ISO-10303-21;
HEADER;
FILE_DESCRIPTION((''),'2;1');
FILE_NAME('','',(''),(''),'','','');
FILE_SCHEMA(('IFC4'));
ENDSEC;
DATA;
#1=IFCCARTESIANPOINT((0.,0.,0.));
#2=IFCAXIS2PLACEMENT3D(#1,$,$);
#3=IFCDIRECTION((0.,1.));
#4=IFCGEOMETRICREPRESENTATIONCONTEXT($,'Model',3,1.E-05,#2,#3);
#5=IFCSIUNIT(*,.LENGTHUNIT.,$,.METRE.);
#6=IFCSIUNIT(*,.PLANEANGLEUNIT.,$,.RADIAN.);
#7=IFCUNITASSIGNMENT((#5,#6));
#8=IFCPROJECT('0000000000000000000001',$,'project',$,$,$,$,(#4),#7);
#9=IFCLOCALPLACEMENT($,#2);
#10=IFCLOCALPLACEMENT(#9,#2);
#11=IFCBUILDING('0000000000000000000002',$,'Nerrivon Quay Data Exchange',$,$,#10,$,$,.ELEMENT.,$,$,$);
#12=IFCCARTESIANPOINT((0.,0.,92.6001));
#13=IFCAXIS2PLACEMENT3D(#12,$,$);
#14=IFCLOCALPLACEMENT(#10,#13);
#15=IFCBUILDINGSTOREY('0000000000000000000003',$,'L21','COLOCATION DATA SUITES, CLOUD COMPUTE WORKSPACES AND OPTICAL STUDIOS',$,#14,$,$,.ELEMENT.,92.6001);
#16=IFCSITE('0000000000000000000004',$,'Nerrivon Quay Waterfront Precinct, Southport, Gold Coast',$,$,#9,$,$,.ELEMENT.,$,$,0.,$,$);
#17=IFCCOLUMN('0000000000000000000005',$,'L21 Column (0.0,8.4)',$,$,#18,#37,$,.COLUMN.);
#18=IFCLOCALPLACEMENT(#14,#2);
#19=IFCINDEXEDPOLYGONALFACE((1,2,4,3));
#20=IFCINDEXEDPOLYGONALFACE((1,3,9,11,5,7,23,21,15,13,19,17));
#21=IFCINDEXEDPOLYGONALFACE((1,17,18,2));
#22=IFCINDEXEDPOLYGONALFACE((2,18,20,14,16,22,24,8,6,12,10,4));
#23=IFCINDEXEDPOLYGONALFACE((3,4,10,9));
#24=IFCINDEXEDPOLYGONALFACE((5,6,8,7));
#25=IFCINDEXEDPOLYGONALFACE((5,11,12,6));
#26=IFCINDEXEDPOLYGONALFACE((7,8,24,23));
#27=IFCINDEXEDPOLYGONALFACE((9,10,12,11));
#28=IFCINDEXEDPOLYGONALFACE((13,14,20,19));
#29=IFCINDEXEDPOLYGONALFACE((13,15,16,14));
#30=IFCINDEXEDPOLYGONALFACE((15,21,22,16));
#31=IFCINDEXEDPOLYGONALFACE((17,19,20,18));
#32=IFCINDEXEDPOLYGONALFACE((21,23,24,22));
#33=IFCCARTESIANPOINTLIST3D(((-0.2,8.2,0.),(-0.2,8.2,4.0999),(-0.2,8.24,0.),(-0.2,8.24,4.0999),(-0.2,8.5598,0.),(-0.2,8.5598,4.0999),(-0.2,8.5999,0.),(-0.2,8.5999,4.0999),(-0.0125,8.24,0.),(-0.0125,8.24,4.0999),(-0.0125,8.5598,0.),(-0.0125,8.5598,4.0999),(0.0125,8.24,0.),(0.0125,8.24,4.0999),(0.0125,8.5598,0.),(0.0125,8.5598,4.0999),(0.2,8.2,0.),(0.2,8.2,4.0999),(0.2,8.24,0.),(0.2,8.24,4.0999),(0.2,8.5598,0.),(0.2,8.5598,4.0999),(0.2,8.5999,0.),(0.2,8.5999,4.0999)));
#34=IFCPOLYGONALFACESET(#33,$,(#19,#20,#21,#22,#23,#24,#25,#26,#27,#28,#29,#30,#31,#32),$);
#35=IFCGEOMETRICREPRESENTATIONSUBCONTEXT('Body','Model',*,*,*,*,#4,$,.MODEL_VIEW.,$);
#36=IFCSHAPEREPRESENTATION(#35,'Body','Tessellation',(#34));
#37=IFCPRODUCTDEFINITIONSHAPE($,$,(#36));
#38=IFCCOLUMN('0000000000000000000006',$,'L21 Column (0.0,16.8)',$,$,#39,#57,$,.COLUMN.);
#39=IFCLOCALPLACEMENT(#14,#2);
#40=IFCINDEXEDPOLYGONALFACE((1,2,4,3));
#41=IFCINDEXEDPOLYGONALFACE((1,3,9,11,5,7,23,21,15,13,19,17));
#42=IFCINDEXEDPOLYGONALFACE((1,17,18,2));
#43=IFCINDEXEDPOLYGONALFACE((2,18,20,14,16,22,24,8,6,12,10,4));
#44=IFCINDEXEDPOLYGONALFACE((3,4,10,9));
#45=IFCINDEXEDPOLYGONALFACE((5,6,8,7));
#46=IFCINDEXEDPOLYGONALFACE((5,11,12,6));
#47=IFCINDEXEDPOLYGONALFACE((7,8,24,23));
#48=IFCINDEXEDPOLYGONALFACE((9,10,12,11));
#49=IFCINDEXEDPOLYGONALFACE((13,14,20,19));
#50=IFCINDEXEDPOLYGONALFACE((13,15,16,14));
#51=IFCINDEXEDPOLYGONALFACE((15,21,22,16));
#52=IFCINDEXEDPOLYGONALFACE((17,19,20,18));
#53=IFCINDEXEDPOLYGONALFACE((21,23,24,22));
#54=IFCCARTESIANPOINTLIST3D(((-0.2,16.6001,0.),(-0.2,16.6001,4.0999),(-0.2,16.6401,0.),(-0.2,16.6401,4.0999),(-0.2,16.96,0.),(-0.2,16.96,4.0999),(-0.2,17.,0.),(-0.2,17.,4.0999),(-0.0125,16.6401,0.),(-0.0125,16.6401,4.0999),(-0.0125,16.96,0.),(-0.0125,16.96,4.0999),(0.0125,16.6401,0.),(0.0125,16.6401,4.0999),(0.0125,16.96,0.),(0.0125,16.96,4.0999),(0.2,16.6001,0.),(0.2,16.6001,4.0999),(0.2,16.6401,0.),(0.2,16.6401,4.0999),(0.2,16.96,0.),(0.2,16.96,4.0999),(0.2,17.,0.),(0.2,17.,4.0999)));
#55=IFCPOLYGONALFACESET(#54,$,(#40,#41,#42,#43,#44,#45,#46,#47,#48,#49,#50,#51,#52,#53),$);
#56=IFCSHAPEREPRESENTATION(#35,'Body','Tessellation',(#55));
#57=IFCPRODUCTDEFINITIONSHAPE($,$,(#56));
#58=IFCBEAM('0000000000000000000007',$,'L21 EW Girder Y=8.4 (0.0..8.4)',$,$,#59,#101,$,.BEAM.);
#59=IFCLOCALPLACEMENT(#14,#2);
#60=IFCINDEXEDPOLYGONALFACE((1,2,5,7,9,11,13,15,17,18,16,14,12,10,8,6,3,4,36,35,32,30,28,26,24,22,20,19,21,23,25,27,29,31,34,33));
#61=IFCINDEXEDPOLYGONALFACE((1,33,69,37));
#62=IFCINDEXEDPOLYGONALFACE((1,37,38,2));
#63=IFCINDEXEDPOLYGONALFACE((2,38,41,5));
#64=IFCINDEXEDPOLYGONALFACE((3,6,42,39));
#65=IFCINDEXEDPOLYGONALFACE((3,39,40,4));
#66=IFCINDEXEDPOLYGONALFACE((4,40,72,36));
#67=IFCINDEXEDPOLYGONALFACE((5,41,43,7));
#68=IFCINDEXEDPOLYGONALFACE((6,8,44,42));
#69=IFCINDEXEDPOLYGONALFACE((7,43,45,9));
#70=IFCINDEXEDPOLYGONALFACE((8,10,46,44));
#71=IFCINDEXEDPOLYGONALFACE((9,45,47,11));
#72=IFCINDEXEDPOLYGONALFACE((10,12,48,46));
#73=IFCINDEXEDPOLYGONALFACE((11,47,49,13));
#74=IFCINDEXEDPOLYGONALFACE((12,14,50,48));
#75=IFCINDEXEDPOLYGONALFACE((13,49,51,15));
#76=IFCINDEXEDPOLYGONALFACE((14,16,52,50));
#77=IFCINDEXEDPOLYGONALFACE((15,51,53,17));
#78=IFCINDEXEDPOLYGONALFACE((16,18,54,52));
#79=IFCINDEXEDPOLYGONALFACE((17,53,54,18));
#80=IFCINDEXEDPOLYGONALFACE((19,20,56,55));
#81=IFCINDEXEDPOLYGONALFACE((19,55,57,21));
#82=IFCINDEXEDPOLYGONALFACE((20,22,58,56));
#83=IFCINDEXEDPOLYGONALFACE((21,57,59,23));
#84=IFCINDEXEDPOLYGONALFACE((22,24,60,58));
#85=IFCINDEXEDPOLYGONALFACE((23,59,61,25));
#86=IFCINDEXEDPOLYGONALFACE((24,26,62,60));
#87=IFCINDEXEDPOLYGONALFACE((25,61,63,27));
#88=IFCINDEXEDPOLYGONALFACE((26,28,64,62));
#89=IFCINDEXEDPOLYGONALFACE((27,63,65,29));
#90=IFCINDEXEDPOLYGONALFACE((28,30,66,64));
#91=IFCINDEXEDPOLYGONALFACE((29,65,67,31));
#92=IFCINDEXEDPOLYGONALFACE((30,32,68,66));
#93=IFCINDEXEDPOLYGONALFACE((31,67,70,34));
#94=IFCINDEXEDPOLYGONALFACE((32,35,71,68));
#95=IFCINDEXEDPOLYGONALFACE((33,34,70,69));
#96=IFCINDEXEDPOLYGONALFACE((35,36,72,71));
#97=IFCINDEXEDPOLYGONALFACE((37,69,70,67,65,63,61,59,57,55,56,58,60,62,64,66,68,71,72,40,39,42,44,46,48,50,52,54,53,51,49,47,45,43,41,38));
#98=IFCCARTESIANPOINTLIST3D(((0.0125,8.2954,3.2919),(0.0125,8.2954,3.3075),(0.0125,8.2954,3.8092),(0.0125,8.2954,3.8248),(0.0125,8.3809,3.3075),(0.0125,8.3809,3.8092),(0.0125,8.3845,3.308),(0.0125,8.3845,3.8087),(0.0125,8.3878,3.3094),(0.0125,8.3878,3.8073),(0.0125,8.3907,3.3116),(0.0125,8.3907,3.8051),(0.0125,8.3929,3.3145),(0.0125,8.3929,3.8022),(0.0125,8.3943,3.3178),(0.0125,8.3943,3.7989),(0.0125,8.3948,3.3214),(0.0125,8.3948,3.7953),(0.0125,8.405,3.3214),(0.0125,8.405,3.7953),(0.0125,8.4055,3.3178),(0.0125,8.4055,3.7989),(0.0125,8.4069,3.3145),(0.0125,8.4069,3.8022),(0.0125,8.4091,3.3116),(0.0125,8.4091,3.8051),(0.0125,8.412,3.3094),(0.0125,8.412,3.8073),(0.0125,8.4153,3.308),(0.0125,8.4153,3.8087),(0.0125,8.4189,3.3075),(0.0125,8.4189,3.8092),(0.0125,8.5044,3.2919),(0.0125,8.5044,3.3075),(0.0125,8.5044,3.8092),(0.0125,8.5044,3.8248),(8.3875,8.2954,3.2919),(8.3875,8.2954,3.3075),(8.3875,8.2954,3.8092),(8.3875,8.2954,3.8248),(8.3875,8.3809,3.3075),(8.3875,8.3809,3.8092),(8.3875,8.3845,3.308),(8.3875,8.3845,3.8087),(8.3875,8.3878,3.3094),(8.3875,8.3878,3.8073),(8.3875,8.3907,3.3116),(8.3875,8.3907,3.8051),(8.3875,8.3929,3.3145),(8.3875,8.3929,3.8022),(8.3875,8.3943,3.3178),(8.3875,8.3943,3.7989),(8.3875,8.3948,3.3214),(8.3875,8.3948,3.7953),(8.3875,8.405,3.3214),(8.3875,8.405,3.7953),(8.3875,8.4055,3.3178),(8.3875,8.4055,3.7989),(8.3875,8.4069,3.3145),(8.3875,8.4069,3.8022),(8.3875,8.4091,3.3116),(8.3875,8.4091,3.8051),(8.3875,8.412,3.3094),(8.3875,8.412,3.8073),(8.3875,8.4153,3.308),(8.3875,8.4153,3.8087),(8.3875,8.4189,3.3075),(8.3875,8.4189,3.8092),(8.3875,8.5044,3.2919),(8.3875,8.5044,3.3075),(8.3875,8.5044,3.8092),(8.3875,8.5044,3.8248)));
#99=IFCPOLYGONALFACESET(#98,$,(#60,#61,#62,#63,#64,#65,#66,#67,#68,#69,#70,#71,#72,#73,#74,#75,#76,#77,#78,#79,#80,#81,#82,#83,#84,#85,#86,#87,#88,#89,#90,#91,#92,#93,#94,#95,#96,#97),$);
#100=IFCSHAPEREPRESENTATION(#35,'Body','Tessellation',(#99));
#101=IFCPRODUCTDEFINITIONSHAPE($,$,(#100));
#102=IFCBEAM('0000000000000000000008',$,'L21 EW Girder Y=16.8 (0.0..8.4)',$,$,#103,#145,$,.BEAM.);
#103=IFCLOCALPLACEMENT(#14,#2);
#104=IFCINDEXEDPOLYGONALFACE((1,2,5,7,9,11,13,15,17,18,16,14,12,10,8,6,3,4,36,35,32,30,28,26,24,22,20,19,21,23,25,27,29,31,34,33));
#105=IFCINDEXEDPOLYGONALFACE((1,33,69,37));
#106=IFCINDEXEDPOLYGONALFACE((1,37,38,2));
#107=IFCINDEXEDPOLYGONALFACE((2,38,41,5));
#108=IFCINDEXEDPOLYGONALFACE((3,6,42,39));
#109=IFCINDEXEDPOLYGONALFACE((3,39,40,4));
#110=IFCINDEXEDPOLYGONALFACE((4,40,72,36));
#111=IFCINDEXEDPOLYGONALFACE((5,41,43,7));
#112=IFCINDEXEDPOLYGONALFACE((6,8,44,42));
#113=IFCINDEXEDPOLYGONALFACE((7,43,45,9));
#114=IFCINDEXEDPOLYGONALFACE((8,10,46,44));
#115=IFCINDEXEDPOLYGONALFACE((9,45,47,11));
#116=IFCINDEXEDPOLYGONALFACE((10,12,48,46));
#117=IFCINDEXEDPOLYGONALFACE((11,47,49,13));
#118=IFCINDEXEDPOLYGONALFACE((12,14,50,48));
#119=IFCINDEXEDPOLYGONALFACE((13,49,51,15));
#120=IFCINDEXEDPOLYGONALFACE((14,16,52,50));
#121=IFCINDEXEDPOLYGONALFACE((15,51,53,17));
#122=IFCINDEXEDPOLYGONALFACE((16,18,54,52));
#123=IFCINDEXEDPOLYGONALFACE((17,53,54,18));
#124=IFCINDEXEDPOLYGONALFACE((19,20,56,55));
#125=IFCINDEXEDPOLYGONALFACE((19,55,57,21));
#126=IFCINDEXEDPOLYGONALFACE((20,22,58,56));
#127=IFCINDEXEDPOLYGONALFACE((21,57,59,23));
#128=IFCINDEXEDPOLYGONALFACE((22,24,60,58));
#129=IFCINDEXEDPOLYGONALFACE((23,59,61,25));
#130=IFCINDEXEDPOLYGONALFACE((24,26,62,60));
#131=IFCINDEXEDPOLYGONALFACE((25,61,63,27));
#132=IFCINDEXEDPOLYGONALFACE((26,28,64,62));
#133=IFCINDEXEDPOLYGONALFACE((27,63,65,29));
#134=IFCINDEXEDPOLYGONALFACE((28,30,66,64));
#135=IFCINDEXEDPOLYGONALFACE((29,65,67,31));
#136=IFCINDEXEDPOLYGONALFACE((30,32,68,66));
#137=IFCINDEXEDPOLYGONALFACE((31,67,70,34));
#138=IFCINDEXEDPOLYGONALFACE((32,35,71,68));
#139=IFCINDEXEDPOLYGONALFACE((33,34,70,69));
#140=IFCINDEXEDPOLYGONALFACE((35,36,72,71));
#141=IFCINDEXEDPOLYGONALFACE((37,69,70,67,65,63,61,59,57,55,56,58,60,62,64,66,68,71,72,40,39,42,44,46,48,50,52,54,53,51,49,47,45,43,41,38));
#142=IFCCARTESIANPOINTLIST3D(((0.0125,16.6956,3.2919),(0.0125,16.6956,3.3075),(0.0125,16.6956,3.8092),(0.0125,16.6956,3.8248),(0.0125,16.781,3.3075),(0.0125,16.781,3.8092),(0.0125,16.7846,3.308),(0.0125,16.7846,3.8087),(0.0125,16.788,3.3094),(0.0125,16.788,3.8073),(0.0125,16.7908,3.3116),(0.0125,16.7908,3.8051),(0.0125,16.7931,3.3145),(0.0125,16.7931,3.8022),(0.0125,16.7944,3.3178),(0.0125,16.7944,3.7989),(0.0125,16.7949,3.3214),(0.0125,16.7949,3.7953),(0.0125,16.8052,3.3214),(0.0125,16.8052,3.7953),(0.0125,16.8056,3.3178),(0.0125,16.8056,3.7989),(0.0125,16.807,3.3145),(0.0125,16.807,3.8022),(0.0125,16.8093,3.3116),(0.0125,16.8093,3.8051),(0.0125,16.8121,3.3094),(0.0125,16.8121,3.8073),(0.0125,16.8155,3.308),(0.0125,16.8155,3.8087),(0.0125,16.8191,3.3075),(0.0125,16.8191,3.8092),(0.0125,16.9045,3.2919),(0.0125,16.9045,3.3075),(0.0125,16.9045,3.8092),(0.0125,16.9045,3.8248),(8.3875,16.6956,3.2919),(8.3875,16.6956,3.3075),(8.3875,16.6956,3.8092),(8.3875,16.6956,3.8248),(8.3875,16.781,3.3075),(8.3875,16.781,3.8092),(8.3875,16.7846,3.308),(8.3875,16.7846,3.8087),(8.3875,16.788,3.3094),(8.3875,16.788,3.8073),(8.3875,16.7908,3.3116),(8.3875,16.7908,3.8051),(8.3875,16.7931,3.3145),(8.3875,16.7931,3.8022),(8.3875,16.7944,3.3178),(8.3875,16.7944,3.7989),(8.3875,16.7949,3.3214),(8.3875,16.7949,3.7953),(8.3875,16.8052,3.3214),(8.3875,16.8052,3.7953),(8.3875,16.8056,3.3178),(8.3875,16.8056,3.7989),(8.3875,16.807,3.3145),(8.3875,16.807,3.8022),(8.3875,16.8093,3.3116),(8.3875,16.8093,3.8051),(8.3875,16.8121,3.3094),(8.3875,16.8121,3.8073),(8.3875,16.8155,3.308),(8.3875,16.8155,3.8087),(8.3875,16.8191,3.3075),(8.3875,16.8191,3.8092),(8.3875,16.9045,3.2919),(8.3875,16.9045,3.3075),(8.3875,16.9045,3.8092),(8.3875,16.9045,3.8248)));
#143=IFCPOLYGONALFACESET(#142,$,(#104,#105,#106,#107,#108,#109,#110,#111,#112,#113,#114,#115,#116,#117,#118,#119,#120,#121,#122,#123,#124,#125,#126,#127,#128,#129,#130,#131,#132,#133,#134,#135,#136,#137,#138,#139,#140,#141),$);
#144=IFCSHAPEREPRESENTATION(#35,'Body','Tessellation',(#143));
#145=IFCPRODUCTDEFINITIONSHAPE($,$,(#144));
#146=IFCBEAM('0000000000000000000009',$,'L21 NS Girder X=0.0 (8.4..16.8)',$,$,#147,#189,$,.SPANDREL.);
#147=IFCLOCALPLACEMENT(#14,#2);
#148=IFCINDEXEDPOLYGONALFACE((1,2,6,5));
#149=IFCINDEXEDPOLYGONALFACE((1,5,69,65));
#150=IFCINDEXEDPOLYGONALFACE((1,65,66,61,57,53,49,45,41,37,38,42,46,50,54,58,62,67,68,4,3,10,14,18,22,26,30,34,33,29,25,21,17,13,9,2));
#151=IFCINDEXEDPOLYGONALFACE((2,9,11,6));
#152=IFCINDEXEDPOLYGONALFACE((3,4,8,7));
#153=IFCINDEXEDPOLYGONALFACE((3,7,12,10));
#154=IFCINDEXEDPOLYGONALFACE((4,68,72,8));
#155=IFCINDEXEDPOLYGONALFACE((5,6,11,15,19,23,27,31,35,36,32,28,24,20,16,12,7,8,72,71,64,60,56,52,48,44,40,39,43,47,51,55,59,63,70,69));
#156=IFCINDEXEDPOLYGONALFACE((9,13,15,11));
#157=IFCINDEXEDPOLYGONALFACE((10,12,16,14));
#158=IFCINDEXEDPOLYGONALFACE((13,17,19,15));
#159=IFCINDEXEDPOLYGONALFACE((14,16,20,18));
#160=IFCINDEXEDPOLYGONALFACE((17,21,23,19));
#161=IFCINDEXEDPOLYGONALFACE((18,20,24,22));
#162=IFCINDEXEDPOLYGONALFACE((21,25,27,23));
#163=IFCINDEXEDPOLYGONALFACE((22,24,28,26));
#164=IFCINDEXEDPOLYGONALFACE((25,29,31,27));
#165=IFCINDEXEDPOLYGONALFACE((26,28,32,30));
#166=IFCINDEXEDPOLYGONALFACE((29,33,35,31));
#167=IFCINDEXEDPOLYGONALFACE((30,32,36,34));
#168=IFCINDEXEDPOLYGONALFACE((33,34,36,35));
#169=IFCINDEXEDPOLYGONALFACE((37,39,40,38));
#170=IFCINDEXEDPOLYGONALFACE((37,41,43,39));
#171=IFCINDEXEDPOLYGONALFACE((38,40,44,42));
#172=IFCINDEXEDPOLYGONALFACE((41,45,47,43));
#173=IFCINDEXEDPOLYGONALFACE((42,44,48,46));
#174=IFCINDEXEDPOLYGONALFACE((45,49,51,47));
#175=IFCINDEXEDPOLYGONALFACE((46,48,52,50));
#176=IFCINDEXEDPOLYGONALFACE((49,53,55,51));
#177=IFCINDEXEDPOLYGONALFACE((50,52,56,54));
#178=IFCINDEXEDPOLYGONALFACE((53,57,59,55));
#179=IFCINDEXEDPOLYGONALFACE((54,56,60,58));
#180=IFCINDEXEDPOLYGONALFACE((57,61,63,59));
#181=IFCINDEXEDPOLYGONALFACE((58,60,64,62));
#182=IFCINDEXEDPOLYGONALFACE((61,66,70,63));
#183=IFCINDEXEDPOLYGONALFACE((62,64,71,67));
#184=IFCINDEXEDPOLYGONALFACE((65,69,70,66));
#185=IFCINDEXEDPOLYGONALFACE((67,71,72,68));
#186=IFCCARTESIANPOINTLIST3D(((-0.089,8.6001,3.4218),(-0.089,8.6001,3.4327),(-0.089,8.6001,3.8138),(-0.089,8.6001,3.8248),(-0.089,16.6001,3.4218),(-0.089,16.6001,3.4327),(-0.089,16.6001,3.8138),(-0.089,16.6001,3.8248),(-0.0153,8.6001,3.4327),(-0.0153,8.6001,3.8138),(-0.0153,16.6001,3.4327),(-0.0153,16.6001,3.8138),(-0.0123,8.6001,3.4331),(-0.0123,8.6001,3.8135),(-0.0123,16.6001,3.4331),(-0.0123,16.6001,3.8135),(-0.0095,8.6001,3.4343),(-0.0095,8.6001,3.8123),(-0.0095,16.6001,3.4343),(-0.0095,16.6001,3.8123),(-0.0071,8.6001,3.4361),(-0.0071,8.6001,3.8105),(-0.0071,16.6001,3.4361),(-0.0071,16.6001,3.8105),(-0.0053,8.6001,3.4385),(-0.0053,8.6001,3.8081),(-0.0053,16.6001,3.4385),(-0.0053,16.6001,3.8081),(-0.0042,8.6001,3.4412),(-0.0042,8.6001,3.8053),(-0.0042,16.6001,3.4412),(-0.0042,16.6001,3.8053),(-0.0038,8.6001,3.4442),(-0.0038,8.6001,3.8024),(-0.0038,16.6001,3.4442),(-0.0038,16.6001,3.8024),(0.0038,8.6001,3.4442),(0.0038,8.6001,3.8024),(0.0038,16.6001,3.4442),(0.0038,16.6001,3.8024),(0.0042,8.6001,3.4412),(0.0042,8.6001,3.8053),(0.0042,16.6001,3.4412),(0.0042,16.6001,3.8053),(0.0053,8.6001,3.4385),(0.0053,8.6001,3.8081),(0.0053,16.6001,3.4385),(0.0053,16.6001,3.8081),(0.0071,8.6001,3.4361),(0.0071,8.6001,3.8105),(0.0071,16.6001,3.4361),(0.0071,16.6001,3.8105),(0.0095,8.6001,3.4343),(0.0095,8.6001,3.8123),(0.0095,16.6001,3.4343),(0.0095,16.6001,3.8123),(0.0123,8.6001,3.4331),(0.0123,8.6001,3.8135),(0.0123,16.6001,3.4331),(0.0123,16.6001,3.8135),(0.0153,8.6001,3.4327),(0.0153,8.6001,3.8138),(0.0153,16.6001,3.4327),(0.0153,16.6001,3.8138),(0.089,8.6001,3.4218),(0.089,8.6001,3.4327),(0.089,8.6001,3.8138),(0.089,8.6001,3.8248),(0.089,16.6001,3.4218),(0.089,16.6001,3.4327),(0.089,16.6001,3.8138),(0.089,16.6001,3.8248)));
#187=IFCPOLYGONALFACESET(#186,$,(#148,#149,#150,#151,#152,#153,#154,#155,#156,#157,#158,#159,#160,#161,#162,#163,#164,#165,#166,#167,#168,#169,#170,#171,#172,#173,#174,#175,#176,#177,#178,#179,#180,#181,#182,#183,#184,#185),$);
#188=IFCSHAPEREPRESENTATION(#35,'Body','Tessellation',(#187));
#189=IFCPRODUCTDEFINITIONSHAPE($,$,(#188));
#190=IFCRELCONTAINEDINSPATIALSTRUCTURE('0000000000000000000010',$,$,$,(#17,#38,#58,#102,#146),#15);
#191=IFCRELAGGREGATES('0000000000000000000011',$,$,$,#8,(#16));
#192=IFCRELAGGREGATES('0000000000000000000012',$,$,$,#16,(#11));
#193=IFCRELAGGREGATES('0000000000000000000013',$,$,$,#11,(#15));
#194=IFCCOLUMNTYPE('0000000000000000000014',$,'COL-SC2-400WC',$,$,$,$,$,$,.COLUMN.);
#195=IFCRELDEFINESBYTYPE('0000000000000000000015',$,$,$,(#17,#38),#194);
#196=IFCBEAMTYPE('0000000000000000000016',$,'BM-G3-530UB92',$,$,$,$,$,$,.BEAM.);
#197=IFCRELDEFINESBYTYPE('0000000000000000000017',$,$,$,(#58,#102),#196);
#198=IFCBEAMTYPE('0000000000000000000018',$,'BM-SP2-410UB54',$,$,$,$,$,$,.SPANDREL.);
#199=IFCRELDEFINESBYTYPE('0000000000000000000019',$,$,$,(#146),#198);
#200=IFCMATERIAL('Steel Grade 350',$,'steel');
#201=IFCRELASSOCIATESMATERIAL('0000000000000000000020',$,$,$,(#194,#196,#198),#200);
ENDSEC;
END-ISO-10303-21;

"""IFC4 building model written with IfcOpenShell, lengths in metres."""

from ifc_helpers import new_model, si_unit, direction, frame, origin, origin_2d, place, context, subcontext, project, spatial, i_section, extrude, material, material_profile, profile_set, type_object, element, save


model = new_model("IFC4")

# Units and contexts
model_context = context("Model", 3, precision=1e-05, world=origin(), true_north=direction((0.0, 1.0)))
body_context = subcontext(model_context, "Body", "Model", "MODEL_VIEW")
ifc_project = project(units=[si_unit("LENGTHUNIT", "METRE"), si_unit("PLANEANGLEUNIT", "RADIAN")], contexts=[model_context])

# Site, building, storey
site_placement = place(None, origin())
site = spatial("IfcSite", under=ifc_project, at=site_placement, Name="Nerrivon Quay Waterfront Precinct, Southport, Gold Coast", CompositionType="ELEMENT", RefElevation=0.0)
building_placement = place(site_placement, origin())
building = spatial("IfcBuilding", under=site, at=building_placement, Name="Nerrivon Quay Data Exchange", CompositionType="ELEMENT")
storey_placement = place(building_placement, frame((0.0, 0.0, 92.6001)))
storey = spatial("IfcBuildingStorey", under=building, at=storey_placement, Name="L21", Description="COLOCATION DATA SUITES, CLOUD COMPUTE WORKSPACES AND OPTICAL STUDIOS", CompositionType="ELEMENT", Elevation=92.6001)

# Columns
ifc_material_1 = material(Name="Steel Grade 350", Category="steel")
ifc_material_profile_1 = material_profile(ifc_material_1, i_section(OverallWidth=0.3999, OverallDepth=0.3999, WebThickness=0.0249, FlangeThickness=0.04, at=origin_2d()), Name="400WC328")
ifc_profile_set_1 = profile_set([ifc_material_profile_1], Name="Steel Grade 350")
column_type = type_object("IfcColumnType", Name="COL-SC2-400WC", PredefinedType="COLUMN", material=ifc_profile_set_1)
for number, where, z_axis, x_axis, name in (
    (1, (0.0, 8.3999, 0.0), (0.0, 0.0, 1.0), (1.0, 0.0, 0.0), "L21 Column (0.0,8.4)"),
    (2, (0.0, 16.8, 0.0), (0.0, 0.0, 1.0), (1.0, 0.0, 0.0), "L21 Column (0.0,16.8)"),
):
    element("IfcColumn", number, at=place(storey_placement, frame(where, z_axis=z_axis, x_axis=x_axis)), inside=storey, type_object=column_type, Name=name, PredefinedType="COLUMN", context=body_context, shape_type="SweptSolid", body=[
        extrude(i_section(OverallWidth=0.3999, OverallDepth=0.3999, WebThickness=0.0249, FlangeThickness=0.04, at=origin_2d()), origin(), (0.0, 0.0, 1.0), 4.0999),
    ])

# Beams
ifc_material_profile_2 = material_profile(ifc_material_1, i_section(OverallWidth=0.209, OverallDepth=0.533, WebThickness=0.0103, FlangeThickness=0.0156, FilletRadius=0.0139, at=origin_2d()), Name="530UB92.4")
ifc_profile_set_2 = profile_set([ifc_material_profile_2], Name="Steel Grade 350")
beam_type_1 = type_object("IfcBeamType", Name="BM-G3-530UB92", PredefinedType="BEAM", material=ifc_profile_set_2)
for number, where, z_axis, x_axis, name in (
    (3, (0.0125, 8.3999, 3.5583), (1.0, 0.0, 0.0), (0.0, 1.0, 0.0), "L21 EW Girder Y=8.4 (0.0..8.4)"),
    (4, (0.0125, 16.8, 3.5583), (1.0, 0.0, 0.0), (0.0, 1.0, 0.0), "L21 EW Girder Y=16.8 (0.0..8.4)"),
):
    element("IfcBeam", number, at=place(storey_placement, frame(where, z_axis=z_axis, x_axis=x_axis)), inside=storey, type_object=beam_type_1, Name=name, PredefinedType="BEAM", context=body_context, shape_type="SweptSolid", body=[
        extrude(i_section(OverallWidth=0.209, OverallDepth=0.533, WebThickness=0.0103, FlangeThickness=0.0156, FilletRadius=0.0139, at=origin_2d()), origin(), (0.0, 0.0, 1.0), 8.375),
    ])
ifc_material_profile_3 = material_profile(ifc_material_1, i_section(OverallWidth=0.178, OverallDepth=0.4031, WebThickness=0.0076, FlangeThickness=0.011, FilletRadius=0.0115, at=origin_2d()), Name="410UB53.7")
ifc_profile_set_3 = profile_set([ifc_material_profile_3], Name="Steel Grade 350")
beam_type_2 = type_object("IfcBeamType", Name="BM-SP2-410UB54", PredefinedType="SPANDREL", material=ifc_profile_set_3)
for number, where, z_axis, x_axis, name in (
    (5, (0.0, 8.6001, 3.6233), (0.0, 1.0, 0.0), (-1.0, 0.0, 0.0), "L21 NS Girder X=0.0 (8.4..16.8)"),
):
    element("IfcBeam", number, at=place(storey_placement, frame(where, z_axis=z_axis, x_axis=x_axis)), inside=storey, type_object=beam_type_2, Name=name, PredefinedType="SPANDREL", context=body_context, shape_type="SweptSolid", body=[
        extrude(i_section(OverallWidth=0.178, OverallDepth=0.4031, WebThickness=0.0076, FlangeThickness=0.011, FilletRadius=0.0115, at=origin_2d()), origin(), (0.0, 0.0, 1.0), 8.0),
    ])

save(model, "model.ifc")
